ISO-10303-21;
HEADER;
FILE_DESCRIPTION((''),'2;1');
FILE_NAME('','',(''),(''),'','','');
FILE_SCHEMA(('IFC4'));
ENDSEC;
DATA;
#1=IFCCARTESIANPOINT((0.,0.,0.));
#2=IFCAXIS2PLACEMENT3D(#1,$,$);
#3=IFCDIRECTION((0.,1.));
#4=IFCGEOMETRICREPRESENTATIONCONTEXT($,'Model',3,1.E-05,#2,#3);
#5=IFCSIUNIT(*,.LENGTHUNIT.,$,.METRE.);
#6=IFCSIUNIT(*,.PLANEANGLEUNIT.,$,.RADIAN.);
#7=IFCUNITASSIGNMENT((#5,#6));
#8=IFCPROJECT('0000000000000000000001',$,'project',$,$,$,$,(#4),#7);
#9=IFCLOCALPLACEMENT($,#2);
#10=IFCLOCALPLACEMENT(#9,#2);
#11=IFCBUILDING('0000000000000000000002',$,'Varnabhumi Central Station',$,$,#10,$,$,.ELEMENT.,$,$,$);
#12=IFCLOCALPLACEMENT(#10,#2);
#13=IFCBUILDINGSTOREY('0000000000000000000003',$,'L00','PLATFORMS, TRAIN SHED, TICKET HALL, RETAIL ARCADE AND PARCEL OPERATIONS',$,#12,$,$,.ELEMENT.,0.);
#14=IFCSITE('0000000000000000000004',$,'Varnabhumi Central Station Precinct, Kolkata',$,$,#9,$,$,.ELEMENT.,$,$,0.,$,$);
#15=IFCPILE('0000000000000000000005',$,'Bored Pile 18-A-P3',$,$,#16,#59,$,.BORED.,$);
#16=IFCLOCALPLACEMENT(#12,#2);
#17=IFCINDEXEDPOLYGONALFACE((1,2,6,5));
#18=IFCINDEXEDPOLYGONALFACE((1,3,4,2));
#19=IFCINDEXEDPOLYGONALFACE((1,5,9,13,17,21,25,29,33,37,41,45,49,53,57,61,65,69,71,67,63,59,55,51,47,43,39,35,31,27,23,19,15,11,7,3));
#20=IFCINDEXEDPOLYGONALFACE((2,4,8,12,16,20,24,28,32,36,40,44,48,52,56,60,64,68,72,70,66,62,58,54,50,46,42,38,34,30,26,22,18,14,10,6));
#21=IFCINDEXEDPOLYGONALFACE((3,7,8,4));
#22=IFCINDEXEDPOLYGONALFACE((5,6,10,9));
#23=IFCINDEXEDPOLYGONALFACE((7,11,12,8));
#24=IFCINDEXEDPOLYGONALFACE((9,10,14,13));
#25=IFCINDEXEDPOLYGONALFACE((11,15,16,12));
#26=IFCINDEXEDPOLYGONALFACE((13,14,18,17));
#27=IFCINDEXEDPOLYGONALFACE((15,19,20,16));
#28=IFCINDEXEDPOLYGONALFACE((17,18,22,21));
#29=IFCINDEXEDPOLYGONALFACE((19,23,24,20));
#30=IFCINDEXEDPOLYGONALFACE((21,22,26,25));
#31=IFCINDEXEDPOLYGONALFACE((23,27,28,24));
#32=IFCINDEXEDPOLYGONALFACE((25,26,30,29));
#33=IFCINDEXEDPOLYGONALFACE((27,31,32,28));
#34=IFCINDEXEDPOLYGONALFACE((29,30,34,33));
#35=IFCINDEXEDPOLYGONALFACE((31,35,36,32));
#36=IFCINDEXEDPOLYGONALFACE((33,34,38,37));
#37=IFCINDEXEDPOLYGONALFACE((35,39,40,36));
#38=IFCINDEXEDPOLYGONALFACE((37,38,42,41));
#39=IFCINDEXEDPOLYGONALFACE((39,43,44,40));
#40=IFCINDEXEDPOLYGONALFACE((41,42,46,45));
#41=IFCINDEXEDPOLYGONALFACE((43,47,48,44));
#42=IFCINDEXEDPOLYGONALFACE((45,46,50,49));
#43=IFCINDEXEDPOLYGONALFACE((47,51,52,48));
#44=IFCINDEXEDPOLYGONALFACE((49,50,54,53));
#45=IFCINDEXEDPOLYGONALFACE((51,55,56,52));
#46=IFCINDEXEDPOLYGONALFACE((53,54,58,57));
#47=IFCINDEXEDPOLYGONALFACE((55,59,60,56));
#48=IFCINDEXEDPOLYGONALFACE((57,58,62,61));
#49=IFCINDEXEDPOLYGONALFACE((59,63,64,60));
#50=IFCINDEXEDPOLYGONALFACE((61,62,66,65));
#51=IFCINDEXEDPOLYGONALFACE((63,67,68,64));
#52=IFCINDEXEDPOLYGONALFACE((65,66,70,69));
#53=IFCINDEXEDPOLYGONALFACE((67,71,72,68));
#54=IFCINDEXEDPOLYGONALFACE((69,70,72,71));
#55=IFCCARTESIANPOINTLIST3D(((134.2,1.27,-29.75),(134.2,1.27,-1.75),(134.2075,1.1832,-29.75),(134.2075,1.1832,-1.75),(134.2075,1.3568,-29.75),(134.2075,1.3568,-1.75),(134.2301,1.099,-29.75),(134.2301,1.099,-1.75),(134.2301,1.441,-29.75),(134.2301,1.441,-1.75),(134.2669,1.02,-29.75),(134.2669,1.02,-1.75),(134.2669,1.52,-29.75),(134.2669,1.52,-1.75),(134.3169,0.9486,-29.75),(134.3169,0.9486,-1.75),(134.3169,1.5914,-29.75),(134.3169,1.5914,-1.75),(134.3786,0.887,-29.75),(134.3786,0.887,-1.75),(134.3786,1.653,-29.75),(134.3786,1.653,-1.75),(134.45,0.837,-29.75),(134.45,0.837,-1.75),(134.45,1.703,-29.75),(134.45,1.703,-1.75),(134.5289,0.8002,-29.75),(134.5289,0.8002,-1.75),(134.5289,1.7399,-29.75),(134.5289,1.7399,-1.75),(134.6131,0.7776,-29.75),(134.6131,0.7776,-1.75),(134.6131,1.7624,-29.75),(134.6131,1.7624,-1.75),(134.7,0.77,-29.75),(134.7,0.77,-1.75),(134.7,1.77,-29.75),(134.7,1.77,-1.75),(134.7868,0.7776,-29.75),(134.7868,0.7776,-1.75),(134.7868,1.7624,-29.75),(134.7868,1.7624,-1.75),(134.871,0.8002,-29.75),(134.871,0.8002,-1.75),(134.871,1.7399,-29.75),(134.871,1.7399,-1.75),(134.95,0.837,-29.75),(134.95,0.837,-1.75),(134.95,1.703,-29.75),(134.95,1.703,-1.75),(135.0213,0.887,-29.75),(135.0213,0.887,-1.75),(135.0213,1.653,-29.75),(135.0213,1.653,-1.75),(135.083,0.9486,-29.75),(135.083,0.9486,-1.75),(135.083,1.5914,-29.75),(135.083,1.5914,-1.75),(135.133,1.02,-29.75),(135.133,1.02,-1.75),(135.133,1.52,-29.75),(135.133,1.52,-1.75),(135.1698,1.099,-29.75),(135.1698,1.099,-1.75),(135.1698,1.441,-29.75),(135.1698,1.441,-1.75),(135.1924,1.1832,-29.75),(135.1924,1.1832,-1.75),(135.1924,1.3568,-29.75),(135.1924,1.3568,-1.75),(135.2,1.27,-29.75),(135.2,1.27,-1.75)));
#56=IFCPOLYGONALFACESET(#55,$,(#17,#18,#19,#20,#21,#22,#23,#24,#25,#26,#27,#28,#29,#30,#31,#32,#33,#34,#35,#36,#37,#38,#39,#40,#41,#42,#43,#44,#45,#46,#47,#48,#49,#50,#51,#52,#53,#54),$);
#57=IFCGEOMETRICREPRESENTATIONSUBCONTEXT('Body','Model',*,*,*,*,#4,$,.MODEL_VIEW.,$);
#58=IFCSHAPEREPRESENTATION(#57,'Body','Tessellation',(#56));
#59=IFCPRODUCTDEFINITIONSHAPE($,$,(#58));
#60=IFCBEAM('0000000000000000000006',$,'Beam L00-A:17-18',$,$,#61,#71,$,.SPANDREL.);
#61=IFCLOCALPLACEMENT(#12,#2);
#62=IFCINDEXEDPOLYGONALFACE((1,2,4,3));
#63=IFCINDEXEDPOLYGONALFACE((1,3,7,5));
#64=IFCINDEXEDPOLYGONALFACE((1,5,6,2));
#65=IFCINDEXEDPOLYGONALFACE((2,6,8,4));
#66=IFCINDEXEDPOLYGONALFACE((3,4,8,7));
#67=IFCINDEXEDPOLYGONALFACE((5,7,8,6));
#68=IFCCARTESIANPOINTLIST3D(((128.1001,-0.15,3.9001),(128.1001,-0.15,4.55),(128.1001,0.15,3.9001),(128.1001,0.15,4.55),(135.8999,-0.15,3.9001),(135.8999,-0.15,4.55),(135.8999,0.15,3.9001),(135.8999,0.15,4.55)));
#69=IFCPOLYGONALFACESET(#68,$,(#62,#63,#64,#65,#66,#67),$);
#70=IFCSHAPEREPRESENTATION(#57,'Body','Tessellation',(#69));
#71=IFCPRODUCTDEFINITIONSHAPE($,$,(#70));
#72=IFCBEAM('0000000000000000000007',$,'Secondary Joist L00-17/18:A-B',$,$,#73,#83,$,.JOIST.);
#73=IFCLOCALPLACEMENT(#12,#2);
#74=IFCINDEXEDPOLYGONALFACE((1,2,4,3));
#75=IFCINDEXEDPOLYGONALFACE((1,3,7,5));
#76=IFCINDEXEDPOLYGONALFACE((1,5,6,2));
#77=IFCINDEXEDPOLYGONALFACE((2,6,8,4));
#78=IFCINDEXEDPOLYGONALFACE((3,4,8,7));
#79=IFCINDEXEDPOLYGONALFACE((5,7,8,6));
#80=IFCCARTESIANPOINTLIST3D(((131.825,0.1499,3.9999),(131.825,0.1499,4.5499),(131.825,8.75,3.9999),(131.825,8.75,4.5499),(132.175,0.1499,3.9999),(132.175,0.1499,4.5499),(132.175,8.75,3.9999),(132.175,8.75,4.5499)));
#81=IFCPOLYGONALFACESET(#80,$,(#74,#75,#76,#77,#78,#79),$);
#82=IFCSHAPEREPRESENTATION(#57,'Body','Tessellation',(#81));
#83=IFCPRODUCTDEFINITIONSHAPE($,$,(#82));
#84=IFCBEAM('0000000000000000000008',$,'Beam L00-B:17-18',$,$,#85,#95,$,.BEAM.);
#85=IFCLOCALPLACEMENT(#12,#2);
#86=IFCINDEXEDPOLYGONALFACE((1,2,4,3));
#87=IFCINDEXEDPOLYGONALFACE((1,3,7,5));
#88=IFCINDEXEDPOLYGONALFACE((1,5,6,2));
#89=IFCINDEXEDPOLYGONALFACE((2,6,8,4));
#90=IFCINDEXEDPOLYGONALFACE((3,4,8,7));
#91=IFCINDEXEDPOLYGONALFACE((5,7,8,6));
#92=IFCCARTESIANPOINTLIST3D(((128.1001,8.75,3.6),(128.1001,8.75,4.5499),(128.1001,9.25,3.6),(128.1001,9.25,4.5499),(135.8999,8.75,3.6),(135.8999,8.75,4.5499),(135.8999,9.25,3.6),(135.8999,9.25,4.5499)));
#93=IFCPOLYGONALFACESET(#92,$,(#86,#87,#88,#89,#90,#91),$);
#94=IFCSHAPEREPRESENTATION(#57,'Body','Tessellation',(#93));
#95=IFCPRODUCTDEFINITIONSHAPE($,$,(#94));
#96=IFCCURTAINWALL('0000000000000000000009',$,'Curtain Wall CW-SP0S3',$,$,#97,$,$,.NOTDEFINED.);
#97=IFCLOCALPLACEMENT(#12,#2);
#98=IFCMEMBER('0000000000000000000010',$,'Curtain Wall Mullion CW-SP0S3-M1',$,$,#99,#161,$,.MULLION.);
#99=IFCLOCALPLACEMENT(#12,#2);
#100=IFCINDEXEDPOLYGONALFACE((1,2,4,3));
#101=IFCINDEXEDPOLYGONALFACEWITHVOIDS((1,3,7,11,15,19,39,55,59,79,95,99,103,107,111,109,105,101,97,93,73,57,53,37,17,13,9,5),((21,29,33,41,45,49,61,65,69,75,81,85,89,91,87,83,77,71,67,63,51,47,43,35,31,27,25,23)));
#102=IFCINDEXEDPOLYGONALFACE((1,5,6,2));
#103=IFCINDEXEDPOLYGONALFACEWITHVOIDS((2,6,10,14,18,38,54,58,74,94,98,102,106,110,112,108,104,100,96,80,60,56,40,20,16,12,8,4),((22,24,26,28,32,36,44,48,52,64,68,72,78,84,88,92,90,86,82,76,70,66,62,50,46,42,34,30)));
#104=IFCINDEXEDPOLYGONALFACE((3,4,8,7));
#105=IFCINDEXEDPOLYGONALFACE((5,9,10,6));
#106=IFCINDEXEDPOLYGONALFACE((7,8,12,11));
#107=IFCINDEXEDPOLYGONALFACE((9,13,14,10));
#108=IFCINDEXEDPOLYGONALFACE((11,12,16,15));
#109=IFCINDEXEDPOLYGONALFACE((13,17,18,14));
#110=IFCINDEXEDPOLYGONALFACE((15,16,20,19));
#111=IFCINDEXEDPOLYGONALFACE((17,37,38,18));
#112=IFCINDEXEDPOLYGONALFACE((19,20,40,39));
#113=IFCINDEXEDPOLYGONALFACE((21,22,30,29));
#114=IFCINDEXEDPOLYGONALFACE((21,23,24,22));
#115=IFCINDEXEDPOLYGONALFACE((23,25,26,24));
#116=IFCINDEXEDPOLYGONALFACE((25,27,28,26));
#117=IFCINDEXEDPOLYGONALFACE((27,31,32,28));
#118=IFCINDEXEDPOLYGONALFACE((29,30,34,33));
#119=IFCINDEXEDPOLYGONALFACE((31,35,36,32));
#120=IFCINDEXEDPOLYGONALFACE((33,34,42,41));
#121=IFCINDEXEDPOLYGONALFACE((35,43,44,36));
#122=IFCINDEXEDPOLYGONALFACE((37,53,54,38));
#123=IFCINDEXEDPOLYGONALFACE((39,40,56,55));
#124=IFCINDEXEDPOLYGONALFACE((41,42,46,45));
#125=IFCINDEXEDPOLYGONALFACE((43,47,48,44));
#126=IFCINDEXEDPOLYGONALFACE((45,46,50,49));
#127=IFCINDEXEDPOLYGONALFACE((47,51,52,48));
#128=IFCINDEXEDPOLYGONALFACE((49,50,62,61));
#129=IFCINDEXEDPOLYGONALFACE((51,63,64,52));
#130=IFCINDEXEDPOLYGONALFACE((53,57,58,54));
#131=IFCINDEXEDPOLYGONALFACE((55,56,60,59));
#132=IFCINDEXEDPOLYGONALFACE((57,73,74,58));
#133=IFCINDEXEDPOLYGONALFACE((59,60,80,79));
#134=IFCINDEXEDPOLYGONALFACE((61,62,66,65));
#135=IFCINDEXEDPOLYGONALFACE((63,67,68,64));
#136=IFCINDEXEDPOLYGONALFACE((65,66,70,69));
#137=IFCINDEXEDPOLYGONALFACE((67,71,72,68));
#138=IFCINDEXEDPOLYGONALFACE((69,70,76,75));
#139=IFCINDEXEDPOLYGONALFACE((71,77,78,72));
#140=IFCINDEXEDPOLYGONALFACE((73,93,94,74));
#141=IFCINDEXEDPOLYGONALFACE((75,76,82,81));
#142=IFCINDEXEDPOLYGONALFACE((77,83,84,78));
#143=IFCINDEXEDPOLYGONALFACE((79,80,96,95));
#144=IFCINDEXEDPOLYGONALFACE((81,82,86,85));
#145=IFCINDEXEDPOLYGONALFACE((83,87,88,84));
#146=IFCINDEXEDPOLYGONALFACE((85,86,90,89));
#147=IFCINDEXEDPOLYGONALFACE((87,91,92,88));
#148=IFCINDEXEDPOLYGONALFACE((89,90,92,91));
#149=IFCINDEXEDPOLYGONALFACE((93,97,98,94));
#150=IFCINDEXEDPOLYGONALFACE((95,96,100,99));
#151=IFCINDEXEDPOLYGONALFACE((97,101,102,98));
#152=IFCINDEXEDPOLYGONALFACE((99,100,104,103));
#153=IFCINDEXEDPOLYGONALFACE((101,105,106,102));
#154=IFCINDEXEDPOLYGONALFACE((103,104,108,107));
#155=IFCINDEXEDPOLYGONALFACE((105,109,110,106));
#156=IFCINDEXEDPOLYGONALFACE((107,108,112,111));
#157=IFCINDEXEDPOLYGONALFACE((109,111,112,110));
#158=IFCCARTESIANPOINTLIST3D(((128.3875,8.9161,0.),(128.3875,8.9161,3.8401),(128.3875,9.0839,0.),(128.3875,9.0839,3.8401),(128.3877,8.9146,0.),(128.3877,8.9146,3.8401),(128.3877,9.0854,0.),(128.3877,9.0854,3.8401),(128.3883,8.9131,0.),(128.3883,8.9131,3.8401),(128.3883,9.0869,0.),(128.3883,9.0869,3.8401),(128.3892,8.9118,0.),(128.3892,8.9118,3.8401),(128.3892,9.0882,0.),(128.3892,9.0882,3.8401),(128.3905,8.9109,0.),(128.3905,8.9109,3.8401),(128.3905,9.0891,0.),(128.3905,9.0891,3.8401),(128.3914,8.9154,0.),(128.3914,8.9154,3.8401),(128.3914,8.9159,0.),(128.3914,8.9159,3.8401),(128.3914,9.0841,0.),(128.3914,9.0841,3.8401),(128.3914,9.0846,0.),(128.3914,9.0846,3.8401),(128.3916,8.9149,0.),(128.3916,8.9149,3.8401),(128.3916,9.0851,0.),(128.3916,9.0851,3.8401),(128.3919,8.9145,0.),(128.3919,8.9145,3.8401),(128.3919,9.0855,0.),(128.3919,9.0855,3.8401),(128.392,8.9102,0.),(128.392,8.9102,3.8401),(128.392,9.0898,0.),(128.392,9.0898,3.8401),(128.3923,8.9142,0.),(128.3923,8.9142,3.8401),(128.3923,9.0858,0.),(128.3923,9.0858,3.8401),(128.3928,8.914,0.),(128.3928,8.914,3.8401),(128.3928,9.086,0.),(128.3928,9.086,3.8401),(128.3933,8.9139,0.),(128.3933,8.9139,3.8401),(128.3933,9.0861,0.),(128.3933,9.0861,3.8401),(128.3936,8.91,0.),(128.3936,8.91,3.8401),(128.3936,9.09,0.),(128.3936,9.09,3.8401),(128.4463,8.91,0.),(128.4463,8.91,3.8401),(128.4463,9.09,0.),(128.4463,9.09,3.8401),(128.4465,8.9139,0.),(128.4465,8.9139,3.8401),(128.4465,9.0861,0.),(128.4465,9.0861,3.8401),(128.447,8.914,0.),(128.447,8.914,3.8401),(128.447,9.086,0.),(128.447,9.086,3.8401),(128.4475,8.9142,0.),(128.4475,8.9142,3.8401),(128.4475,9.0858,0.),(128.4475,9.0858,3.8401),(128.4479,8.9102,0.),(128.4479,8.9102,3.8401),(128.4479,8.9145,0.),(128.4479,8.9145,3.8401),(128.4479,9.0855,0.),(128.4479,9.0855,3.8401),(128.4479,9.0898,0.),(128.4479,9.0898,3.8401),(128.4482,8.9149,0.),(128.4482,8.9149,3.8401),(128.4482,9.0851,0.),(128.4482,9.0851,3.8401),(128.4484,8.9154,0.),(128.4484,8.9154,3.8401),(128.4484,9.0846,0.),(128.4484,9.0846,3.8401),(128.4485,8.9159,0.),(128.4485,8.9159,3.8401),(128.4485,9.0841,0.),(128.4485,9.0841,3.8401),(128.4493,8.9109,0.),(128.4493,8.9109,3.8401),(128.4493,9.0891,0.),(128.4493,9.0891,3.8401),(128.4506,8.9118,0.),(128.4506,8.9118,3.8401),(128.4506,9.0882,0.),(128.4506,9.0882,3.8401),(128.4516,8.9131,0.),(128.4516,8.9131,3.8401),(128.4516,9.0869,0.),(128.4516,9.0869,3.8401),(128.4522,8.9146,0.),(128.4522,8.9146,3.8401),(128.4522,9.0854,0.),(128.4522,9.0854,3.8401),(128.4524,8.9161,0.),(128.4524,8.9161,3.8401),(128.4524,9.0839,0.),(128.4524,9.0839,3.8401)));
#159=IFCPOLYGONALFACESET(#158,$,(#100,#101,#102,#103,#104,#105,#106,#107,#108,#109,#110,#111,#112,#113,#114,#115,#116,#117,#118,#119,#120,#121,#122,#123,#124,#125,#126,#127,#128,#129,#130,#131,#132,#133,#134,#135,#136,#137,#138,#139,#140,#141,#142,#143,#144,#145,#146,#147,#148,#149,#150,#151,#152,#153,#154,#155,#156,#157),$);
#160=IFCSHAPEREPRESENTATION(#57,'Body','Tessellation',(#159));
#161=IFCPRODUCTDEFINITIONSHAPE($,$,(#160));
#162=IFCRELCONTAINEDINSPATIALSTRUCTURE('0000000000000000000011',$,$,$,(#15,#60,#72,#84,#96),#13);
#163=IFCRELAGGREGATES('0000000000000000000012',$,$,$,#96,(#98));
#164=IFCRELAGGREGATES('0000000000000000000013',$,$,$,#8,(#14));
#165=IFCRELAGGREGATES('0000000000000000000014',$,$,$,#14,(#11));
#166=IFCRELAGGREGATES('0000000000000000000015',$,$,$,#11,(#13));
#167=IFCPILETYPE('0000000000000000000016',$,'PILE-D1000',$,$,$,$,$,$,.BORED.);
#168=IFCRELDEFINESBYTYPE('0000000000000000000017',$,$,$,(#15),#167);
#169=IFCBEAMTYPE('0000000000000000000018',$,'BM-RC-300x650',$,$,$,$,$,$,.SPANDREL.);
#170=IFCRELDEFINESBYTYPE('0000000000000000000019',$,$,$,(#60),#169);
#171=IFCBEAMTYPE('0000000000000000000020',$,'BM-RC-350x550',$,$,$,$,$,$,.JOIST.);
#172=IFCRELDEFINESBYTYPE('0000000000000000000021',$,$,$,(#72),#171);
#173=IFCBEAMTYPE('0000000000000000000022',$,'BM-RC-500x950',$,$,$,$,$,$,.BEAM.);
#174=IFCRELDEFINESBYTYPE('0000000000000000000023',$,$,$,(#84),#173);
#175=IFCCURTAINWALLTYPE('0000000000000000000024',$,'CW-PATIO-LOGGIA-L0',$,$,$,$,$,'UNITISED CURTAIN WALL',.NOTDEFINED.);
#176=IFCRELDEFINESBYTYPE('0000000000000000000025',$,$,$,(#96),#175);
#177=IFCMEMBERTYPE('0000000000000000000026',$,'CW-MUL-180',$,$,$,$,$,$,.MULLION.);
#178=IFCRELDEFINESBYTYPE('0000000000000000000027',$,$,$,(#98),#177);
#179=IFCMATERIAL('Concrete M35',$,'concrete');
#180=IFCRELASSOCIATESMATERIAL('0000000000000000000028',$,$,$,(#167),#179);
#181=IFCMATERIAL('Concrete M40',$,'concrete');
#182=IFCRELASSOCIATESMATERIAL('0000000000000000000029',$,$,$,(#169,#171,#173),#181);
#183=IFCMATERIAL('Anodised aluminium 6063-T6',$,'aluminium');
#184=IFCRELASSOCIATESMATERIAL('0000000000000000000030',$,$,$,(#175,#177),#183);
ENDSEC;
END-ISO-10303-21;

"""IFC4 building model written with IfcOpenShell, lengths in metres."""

from ifc_helpers import new_model, si_unit, direction, frame, origin, origin_2d, place, context, subcontext, project, spatial, rectangle, hollow_rectangle, circle, extrude, material, material_profile, profile_set, type_object, element, aggregate, save


model = new_model("IFC4")

# Units and contexts
model_context = context("Model", 3, precision=1e-05, world=origin(), true_north=direction((0.0, 1.0)))
body_context = subcontext(model_context, "Body", "Model", "MODEL_VIEW")
ifc_project = project(units=[si_unit("LENGTHUNIT", "METRE"), si_unit("PLANEANGLEUNIT", "RADIAN")], contexts=[model_context])

# Site, building, storey
site_placement = place(None, origin())
site = spatial("IfcSite", under=ifc_project, at=site_placement, Name="Varnabhumi Central Station Precinct, Kolkata", CompositionType="ELEMENT", RefElevation=0.0)
building_placement = place(site_placement, origin())
building = spatial("IfcBuilding", under=site, at=building_placement, Name="Varnabhumi Central Station", CompositionType="ELEMENT")
storey_placement = place(building_placement, origin())
storey = spatial("IfcBuildingStorey", under=building, at=storey_placement, Name="L00", Description="PLATFORMS, TRAIN SHED, TICKET HALL, RETAIL ARCADE AND PARCEL OPERATIONS", CompositionType="ELEMENT", Elevation=0.0)

# Shared definitions
ifc_material_1 = material(Name="Concrete M40", Category="concrete")

# Pile
ifc_material_2 = material(Name="Concrete M35", Category="concrete")
ifc_material_profile_1 = material_profile(ifc_material_2, circle(Radius=0.5, at=origin_2d()), Name="Concrete M35", Category="concrete")
ifc_profile_set_1 = profile_set([ifc_material_profile_1], Name="Concrete M35")
pile_type = type_object("IfcPileType", Name="PILE-D1000", PredefinedType="BORED", material=ifc_profile_set_1)
for number, where, z_axis, x_axis, name in (
    (1, (134.7, 1.27, -1.75), (0.0, 0.0, -1.0), (1.0, 0.0, 0.0), "Bored Pile 18-A-P3"),
):
    element("IfcPile", number, at=place(storey_placement, frame(where, z_axis=z_axis, x_axis=x_axis)), inside=storey, type_object=pile_type, Name=name, PredefinedType="BORED", context=body_context, shape_type="SweptSolid", body=[
        extrude(circle(Radius=0.5, at=origin_2d()), origin(), (0.0, 0.0, 1.0), 28.0),
    ])

# Beams
ifc_material_profile_2 = material_profile(ifc_material_1, rectangle(XDim=0.3, YDim=0.6499, at=origin_2d()), Name="Concrete M40", Category="concrete")
ifc_profile_set_2 = profile_set([ifc_material_profile_2], Name="Concrete M40")
beam_type_1 = type_object("IfcBeamType", Name="BM-RC-300x650", PredefinedType="SPANDREL", material=ifc_profile_set_2)
beam_1_placement = place(storey_placement, frame((128.1001, 0.0, 4.2251), z_axis=(1.0, 0.0, 0.0), x_axis=(0.0, 1.0, 0.0)))
element("IfcBeam", 2, at=beam_1_placement, inside=storey, type_object=beam_type_1, Name="Beam L00-A:17-18", PredefinedType="SPANDREL", context=body_context, shape_type="SweptSolid", body=[
    extrude(rectangle(XDim=0.3, YDim=0.6499, at=origin_2d()), origin(), (0.0, 0.0, 1.0), 7.7998),
])
ifc_material_profile_3 = material_profile(ifc_material_1, rectangle(XDim=0.3501, YDim=0.55, at=origin_2d()), Name="Concrete M40", Category="concrete")
ifc_profile_set_3 = profile_set([ifc_material_profile_3], Name="Concrete M40")
beam_type_2 = type_object("IfcBeamType", Name="BM-RC-350x550", PredefinedType="JOIST", material=ifc_profile_set_3)
beam_2_placement = place(storey_placement, frame((132.0, 0.1499, 4.2749), z_axis=(0.0, 1.0, 0.0), x_axis=(-1.0, 0.0, 0.0)))
element("IfcBeam", 3, at=beam_2_placement, inside=storey, type_object=beam_type_2, Name="Secondary Joist L00-17/18:A-B", PredefinedType="JOIST", context=body_context, shape_type="SweptSolid", body=[
    extrude(rectangle(XDim=0.3501, YDim=0.55, at=origin_2d()), origin(), (0.0, 0.0, 1.0), 8.6001),
])
ifc_material_profile_4 = material_profile(ifc_material_1, rectangle(XDim=0.5, YDim=0.95, at=origin_2d()), Name="Concrete M40", Category="concrete")
ifc_profile_set_4 = profile_set([ifc_material_profile_4], Name="Concrete M40")
beam_type_3 = type_object("IfcBeamType", Name="BM-RC-500x950", PredefinedType="BEAM", material=ifc_profile_set_4)
beam_3_placement = place(storey_placement, frame((128.1001, 9.0, 4.075), z_axis=(1.0, 0.0, 0.0), x_axis=(0.0, 1.0, 0.0)))
element("IfcBeam", 4, at=beam_3_placement, inside=storey, type_object=beam_type_3, Name="Beam L00-B:17-18", PredefinedType="BEAM", context=body_context, shape_type="SweptSolid", body=[
    extrude(rectangle(XDim=0.5, YDim=0.95, at=origin_2d()), origin(), (0.0, 0.0, 1.0), 7.7998),
])

# Curtain wall, member
ifc_material_3 = material(Name="Anodised aluminium 6063-T6", Category="aluminium")
curtain_wall_type = type_object("IfcCurtainWallType", Name="CW-PATIO-LOGGIA-L0", ElementType="UNITISED CURTAIN WALL", PredefinedType="NOTDEFINED", material=ifc_material_3)
curtain_wall_placement = place(storey_placement, origin())
curtain_wall = element("IfcCurtainWall", 5, at=curtain_wall_placement, inside=storey, type_object=curtain_wall_type, Name="Curtain Wall CW-SP0S3", PredefinedType="NOTDEFINED")
ifc_material_profile_5 = material_profile(ifc_material_3, hollow_rectangle(XDim=0.0649, YDim=0.1799, WallThickness=0.0039, InnerFilletRadius=0.002, OuterFilletRadius=0.0061, at=origin_2d()), Name="Anodised aluminium 6063-T6", Category="aluminium")
ifc_profile_set_5 = profile_set([ifc_material_profile_5], Name="Anodised aluminium 6063-T6")
member_type_1 = type_object("IfcMemberType", Name="CW-MUL-180", PredefinedType="MULLION", material=ifc_profile_set_5)
member_1_placement = place(storey_placement, frame((128.4199, 9.0, 0.0), z_axis=(0.0, 0.0, 1.0), x_axis=(1.0, 0.0, 0.0)))
member_1 = element("IfcMember", 6, at=member_1_placement, type_object=member_type_1, Name="Curtain Wall Mullion CW-SP0S3-M1", PredefinedType="MULLION", context=body_context, shape_type="SweptSolid", body=[
    extrude(hollow_rectangle(XDim=0.0649, YDim=0.1799, WallThickness=0.0039, InnerFilletRadius=0.002, OuterFilletRadius=0.0061, at=origin_2d()), origin(), (0.0, 0.0, 1.0), 3.8401),
])
aggregate(curtain_wall, [member_1])

save(model, "model.ifc")
